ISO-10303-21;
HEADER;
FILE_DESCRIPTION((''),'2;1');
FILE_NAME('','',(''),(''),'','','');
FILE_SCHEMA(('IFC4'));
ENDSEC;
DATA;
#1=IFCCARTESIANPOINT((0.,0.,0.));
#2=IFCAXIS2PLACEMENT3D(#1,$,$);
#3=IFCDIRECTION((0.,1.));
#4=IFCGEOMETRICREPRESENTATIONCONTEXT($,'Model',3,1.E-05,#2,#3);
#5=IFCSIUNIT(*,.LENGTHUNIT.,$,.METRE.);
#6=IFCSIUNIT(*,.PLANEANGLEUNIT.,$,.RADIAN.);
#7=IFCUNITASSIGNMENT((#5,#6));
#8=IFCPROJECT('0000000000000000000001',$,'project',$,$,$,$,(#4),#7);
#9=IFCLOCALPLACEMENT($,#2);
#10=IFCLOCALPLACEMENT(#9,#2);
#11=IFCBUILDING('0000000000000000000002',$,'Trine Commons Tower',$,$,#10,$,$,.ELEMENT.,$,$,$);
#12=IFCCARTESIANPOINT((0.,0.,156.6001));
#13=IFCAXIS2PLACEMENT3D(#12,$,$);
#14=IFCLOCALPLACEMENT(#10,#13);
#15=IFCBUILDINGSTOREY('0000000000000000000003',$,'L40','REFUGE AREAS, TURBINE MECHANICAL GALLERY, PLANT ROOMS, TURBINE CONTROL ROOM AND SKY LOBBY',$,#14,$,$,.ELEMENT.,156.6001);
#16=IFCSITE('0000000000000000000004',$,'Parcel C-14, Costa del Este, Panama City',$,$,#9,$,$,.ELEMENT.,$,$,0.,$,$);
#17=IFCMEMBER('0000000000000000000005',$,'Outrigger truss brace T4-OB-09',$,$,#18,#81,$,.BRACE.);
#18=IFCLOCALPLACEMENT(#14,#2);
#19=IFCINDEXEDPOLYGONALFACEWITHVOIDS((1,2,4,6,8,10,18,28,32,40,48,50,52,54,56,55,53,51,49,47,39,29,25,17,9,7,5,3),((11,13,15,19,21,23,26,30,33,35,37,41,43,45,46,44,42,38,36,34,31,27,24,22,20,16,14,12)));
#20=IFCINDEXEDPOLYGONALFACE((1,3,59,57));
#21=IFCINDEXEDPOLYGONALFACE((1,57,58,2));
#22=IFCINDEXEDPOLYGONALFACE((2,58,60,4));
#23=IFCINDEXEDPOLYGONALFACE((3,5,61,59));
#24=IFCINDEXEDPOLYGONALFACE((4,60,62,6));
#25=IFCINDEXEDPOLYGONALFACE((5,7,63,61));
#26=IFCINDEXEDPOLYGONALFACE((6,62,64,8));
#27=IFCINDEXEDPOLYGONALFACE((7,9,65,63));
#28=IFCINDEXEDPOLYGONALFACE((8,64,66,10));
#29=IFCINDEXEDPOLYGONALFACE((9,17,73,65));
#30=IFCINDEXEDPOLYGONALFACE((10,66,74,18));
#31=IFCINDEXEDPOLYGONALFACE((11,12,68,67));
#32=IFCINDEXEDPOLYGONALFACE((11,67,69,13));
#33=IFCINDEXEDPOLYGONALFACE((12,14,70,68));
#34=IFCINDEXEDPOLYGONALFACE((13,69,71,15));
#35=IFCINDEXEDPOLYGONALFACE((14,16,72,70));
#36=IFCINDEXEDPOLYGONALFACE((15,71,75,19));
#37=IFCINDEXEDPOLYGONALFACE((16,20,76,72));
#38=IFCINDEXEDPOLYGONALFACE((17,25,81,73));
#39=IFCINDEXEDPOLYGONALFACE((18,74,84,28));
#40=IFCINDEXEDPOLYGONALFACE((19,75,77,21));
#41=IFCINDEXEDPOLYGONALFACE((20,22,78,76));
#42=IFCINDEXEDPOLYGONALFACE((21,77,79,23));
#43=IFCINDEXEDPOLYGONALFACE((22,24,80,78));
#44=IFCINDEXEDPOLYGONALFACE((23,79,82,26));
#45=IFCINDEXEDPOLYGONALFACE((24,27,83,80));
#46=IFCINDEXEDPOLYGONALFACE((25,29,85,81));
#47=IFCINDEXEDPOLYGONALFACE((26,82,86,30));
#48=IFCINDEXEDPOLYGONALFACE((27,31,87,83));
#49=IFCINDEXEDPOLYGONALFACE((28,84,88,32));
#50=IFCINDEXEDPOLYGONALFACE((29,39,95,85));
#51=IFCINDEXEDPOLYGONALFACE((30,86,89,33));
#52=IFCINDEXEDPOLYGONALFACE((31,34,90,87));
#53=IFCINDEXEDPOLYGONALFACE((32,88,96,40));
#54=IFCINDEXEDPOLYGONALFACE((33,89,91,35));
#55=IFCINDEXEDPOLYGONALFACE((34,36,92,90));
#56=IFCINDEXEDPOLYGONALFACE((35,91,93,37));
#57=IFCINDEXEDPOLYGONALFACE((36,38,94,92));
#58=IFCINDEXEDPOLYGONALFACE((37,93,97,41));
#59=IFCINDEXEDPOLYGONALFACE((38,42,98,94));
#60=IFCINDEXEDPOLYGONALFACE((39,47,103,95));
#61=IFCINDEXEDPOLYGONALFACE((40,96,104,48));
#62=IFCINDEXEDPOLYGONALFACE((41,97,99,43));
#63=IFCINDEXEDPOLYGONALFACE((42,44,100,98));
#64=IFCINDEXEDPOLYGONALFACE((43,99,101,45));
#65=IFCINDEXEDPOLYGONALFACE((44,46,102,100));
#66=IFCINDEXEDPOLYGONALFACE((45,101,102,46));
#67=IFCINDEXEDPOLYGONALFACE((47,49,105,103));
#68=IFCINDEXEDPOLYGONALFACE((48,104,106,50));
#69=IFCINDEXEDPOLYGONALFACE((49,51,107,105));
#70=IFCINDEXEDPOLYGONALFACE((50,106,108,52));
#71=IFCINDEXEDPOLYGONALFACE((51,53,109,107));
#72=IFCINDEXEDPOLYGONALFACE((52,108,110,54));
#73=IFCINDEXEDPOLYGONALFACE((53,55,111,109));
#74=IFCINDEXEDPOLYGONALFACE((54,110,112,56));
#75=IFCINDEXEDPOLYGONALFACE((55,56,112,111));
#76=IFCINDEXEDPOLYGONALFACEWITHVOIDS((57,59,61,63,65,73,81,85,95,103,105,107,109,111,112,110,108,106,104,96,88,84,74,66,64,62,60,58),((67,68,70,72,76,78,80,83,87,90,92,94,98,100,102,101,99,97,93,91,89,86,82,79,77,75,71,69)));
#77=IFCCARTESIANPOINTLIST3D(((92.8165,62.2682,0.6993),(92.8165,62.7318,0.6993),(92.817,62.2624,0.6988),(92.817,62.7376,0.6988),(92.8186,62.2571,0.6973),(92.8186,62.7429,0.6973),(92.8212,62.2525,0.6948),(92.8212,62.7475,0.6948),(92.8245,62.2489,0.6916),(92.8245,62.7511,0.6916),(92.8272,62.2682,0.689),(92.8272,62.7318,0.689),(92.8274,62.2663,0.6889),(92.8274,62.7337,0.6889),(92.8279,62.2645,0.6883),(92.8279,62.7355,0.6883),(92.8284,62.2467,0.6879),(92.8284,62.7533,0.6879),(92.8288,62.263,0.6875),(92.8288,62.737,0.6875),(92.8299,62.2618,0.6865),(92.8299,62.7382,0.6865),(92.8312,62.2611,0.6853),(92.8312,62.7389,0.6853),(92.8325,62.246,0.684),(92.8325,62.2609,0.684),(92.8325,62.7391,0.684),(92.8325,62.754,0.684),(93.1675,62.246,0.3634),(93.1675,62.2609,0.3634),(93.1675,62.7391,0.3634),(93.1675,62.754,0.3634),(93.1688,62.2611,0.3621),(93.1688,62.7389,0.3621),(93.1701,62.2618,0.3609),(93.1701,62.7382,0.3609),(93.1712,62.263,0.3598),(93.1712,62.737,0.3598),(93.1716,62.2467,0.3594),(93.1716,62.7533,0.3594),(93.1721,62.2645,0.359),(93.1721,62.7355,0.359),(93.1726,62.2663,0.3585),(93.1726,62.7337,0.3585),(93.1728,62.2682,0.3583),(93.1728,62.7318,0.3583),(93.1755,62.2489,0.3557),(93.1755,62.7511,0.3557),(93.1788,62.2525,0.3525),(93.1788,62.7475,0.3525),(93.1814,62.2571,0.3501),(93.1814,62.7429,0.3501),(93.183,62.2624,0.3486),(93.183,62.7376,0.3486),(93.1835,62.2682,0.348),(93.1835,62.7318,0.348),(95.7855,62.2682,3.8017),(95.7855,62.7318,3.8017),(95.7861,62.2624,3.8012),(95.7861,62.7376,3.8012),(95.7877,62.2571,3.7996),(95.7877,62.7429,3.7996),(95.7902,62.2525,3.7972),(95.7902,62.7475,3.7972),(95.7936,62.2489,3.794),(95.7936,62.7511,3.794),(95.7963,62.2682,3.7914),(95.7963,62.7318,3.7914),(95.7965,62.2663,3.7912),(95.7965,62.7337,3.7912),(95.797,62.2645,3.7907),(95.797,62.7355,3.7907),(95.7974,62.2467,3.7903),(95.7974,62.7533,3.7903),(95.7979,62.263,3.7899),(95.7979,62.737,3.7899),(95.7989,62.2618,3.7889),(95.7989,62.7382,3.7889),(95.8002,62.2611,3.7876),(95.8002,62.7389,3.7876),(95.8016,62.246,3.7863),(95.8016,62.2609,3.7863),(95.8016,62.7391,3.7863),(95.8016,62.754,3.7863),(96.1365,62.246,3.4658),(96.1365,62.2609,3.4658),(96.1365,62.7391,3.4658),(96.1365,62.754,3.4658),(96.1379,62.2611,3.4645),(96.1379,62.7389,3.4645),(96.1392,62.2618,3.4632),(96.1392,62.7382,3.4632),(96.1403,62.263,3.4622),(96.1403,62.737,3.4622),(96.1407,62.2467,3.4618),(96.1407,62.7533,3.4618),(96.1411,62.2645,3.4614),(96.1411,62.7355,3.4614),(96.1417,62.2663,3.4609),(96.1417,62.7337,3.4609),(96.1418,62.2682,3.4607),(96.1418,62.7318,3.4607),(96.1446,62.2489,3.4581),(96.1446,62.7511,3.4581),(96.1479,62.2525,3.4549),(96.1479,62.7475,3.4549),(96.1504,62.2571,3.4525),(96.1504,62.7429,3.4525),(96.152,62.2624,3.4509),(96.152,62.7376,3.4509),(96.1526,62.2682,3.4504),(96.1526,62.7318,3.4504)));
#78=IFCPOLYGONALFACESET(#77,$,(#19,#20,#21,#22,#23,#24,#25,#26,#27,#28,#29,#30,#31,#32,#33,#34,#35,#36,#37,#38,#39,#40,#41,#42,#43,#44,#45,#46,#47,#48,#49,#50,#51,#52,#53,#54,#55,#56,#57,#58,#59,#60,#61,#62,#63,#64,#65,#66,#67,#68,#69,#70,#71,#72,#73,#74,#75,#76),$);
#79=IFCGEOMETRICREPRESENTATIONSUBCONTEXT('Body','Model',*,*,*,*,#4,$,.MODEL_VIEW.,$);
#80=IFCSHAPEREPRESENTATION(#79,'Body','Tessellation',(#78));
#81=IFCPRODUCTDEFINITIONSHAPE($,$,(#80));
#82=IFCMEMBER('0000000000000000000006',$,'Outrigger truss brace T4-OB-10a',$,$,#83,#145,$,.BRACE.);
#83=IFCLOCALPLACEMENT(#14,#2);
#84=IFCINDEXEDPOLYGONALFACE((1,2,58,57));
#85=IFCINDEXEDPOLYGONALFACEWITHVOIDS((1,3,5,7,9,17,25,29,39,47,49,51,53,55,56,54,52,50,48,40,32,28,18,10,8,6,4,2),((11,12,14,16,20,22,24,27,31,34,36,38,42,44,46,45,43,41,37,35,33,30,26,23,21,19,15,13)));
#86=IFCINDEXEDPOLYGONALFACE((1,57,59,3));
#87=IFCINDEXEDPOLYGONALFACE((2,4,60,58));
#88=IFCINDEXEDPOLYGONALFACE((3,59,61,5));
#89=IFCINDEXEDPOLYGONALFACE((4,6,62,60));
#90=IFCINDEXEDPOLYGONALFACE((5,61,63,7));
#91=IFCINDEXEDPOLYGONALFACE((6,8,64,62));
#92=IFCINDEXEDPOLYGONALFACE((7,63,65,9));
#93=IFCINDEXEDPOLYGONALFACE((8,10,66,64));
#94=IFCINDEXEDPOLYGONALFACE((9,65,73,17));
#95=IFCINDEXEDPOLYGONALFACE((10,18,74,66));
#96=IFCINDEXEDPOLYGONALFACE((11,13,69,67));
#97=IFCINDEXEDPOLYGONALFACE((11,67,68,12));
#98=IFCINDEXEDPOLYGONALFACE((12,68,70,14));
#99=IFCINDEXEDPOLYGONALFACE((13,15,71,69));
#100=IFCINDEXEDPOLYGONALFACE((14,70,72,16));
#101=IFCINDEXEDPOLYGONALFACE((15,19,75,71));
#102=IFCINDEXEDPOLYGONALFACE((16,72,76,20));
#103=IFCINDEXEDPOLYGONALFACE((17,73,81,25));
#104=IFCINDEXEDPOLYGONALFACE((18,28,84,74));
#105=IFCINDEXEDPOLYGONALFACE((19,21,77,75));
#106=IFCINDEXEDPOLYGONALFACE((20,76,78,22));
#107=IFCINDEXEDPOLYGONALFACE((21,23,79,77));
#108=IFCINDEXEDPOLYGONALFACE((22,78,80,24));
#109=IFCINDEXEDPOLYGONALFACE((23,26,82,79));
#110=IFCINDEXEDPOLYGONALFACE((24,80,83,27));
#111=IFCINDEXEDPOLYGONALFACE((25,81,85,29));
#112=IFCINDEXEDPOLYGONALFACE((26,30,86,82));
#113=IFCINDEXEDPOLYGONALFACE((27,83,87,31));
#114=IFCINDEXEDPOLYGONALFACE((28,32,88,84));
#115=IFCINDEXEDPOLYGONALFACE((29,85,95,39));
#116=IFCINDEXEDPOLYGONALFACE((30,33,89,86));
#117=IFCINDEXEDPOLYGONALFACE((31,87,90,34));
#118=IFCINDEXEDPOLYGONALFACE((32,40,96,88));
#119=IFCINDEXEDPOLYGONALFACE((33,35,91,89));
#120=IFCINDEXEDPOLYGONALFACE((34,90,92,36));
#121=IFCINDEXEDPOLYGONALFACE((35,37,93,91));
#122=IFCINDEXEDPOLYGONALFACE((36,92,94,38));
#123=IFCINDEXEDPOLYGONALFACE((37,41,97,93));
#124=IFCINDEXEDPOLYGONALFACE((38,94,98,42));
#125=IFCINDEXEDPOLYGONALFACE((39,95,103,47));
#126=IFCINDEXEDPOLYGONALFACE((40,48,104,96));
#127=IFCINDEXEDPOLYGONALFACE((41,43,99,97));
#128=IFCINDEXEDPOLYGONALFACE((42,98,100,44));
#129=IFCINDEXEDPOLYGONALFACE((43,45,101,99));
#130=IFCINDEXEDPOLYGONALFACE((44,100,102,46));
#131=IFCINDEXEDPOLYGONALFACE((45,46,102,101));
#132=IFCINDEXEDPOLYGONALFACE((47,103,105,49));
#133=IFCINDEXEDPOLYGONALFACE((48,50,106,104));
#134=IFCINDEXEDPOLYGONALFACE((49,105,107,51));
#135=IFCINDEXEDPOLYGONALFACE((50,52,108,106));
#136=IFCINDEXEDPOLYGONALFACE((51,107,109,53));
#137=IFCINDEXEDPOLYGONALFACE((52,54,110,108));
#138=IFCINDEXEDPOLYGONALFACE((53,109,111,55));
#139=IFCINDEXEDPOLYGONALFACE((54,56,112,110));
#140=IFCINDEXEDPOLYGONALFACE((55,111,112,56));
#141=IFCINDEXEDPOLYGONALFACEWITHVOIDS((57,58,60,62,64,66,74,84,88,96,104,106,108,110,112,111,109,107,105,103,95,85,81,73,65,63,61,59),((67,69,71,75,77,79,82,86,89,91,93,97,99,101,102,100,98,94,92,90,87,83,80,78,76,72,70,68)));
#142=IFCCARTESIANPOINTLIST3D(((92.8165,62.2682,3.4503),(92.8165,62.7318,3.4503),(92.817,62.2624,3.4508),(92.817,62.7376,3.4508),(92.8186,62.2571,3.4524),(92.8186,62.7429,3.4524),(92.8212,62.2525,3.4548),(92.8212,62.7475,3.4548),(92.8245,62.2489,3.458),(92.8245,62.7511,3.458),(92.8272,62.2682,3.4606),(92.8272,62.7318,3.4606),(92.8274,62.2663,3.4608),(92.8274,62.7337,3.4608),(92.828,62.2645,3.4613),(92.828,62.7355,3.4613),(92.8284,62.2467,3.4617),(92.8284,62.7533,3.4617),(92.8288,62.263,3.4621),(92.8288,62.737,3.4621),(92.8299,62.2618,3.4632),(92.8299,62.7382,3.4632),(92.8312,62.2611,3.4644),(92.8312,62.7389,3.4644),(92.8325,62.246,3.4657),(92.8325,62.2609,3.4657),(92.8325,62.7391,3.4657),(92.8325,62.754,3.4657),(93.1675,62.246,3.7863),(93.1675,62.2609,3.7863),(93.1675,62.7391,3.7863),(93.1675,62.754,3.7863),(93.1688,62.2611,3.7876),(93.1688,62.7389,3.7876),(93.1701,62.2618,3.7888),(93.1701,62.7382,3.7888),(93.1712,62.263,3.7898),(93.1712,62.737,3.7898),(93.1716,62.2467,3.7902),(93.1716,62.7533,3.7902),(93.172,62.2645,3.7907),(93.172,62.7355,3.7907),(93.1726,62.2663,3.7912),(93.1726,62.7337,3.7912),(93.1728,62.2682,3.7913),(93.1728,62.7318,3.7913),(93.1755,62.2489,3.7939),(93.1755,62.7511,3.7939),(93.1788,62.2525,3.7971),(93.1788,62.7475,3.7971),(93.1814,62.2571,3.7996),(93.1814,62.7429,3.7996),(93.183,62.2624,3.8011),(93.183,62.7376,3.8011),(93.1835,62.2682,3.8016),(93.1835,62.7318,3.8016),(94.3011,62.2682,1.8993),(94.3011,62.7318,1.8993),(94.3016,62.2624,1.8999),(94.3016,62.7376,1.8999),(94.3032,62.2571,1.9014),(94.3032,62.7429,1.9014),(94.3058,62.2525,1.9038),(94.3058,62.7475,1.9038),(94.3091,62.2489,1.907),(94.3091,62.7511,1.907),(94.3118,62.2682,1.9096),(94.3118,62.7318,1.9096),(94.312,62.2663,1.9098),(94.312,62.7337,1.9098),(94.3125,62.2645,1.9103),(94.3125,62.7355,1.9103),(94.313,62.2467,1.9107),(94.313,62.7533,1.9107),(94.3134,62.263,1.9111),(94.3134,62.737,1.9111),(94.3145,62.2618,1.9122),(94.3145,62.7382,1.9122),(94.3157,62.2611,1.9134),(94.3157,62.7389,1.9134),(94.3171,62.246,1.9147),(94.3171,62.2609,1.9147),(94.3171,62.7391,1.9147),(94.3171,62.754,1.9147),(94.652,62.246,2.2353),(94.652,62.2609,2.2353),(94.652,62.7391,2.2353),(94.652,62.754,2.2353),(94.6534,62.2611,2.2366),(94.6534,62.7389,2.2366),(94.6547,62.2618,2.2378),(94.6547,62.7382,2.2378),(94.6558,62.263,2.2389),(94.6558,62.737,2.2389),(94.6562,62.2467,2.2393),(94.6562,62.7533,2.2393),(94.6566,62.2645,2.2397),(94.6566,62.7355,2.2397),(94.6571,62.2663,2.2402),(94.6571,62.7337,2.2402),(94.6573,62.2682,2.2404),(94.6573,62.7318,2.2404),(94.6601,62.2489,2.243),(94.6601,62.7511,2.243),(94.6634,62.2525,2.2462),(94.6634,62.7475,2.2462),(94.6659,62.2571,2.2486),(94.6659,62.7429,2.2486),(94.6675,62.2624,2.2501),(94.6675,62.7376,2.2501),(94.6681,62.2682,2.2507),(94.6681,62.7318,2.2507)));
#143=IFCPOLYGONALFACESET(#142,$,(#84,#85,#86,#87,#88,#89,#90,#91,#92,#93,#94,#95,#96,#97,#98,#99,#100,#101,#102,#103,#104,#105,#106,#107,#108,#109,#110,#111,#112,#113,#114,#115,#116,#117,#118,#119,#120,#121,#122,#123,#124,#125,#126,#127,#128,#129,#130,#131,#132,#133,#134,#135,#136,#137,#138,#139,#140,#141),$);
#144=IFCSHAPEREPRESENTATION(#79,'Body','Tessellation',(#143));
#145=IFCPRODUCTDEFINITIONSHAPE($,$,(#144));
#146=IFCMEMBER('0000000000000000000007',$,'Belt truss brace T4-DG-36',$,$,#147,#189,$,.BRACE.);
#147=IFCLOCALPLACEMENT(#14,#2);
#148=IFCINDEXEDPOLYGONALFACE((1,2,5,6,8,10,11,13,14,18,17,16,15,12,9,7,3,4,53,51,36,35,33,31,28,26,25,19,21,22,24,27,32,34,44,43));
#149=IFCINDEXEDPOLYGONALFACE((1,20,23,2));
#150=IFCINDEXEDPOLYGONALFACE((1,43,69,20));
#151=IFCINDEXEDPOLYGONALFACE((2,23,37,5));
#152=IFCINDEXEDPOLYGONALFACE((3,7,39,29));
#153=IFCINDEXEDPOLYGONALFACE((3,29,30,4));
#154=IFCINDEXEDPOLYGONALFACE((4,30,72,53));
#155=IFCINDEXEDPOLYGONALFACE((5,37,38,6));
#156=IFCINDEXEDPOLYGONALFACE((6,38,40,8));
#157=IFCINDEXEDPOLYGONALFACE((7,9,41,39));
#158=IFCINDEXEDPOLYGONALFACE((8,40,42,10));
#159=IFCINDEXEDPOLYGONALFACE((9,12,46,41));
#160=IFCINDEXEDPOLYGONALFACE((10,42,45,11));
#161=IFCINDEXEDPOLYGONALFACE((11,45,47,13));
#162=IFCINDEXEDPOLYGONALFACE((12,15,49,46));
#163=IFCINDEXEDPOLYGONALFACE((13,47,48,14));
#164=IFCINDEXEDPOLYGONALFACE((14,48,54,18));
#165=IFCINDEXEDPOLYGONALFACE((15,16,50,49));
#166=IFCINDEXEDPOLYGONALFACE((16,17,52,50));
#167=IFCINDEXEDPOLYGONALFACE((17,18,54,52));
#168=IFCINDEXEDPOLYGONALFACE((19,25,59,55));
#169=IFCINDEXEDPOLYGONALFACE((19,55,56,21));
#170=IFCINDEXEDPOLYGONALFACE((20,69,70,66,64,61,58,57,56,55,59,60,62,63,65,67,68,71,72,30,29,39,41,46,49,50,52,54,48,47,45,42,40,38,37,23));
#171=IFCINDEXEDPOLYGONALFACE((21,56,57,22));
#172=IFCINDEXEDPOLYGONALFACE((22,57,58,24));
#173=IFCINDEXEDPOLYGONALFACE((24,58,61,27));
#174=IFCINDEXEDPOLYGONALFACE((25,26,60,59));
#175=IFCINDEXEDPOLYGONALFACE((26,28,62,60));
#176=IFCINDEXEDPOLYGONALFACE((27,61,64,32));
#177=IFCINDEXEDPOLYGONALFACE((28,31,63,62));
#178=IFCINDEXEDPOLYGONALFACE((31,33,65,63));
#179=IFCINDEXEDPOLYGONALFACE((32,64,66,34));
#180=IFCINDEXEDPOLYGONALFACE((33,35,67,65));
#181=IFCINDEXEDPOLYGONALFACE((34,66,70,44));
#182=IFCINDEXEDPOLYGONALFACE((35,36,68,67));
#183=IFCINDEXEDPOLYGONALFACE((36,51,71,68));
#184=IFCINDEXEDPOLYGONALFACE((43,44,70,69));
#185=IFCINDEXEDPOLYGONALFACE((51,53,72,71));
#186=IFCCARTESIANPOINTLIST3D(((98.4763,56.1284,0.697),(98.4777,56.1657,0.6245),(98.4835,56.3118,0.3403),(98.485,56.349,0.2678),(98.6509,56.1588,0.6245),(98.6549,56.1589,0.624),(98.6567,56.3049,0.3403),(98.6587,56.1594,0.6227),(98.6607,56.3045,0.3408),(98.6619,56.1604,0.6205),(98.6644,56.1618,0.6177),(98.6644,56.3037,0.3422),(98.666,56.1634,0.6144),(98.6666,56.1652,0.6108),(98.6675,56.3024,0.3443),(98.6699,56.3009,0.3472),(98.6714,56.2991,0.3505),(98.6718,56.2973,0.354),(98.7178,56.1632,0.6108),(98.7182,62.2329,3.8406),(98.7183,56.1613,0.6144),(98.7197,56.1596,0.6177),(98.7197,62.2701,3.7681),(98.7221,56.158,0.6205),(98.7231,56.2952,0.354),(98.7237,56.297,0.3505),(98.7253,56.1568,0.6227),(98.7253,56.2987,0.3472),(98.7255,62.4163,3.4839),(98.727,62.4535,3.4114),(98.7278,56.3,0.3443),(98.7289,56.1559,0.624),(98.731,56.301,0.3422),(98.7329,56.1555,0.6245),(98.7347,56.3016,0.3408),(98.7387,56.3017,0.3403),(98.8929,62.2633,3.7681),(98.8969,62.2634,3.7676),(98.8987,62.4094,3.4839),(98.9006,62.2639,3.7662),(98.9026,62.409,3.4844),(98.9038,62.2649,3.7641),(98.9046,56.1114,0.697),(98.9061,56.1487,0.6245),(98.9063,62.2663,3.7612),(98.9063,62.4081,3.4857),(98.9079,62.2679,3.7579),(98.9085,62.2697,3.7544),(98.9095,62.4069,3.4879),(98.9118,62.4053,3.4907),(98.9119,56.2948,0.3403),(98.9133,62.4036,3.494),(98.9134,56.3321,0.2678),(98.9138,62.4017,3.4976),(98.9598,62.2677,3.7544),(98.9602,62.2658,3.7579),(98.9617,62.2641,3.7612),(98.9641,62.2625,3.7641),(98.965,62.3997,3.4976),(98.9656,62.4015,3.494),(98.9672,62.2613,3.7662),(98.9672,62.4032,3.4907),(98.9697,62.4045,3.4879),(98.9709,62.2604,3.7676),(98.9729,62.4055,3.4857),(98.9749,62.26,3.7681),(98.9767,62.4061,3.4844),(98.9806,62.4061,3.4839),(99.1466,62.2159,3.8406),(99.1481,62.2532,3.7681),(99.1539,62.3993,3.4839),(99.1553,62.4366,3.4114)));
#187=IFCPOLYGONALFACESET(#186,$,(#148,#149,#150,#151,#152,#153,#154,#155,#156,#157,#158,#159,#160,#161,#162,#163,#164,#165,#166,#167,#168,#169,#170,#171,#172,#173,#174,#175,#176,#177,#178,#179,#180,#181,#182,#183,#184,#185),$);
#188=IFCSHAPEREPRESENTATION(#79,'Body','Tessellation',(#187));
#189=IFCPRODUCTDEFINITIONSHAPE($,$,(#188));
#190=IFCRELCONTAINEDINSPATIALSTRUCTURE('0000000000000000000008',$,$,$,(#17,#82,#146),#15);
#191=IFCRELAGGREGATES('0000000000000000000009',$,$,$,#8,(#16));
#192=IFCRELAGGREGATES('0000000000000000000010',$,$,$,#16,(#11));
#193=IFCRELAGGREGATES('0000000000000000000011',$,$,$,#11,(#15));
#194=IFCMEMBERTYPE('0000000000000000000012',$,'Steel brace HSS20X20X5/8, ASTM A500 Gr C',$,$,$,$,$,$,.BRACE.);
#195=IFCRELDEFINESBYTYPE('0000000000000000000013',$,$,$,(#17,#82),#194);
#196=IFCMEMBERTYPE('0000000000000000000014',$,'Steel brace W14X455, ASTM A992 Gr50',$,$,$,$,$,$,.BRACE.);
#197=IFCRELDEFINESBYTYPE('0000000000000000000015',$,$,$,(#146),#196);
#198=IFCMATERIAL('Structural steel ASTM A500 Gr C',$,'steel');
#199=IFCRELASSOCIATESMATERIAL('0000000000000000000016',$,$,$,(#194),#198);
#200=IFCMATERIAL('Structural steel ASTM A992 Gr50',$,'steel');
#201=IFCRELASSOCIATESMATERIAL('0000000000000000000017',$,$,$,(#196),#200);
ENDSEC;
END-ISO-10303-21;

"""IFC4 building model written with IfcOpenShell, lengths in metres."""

from ifc_helpers import new_model, si_unit, direction, frame, origin, origin_2d, place, context, subcontext, project, spatial, hollow_rectangle, i_section, extrude, material, material_profile, profile_set, type_object, element, save


model = new_model("IFC4")

# Units and contexts
model_context = context("Model", 3, precision=1e-05, world=origin(), true_north=direction((0.0, 1.0)))
body_context = subcontext(model_context, "Body", "Model", "MODEL_VIEW")
ifc_project = project(units=[si_unit("LENGTHUNIT", "METRE"), si_unit("PLANEANGLEUNIT", "RADIAN")], contexts=[model_context])

# Site, building, storey
site_placement = place(None, origin())
site = spatial("IfcSite", under=ifc_project, at=site_placement, Name="Parcel C-14, Costa del Este, Panama City", CompositionType="ELEMENT", RefElevation=0.0)
building_placement = place(site_placement, origin())
building = spatial("IfcBuilding", under=site, at=building_placement, Name="Trine Commons Tower", CompositionType="ELEMENT")
storey_placement = place(building_placement, frame((0.0, 0.0, 156.6001)))
storey = spatial("IfcBuildingStorey", under=building, at=storey_placement, Name="L40", Description="REFUGE AREAS, TURBINE MECHANICAL GALLERY, PLANT ROOMS, TURBINE CONTROL ROOM AND SKY LOBBY", CompositionType="ELEMENT", Elevation=156.6001)

# Members
ifc_material_1 = material(Name="Structural steel ASTM A500 Gr C", Category="steel")
ifc_material_profile_1 = material_profile(ifc_material_1, hollow_rectangle(XDim=0.5081, YDim=0.5081, WallThickness=0.0149, InnerFilletRadius=0.0073, OuterFilletRadius=0.0222, at=origin_2d()), Name="HSS20X20X5/8")
ifc_profile_set_1 = profile_set([ifc_material_profile_1], Name="Structural steel ASTM A500 Gr C")
member_type_1 = type_object("IfcMemberType", Name="Steel brace HSS20X20X5/8, ASTM A500 Gr C", PredefinedType="BRACE", material=ifc_profile_set_1)
member_1_placement = place(storey_placement, frame((93.0, 62.5, 0.5237), z_axis=(0.691415, 0.0, 0.722458), x_axis=(0.0, 1.0, 0.0)))
element("IfcMember", 1, at=member_1_placement, inside=storey, type_object=member_type_1, Name="Outrigger truss brace T4-OB-09", PredefinedType="BRACE", context=body_context, shape_type="SweptSolid", body=[
    extrude(hollow_rectangle(XDim=0.5081, YDim=0.5081, WallThickness=0.0149, InnerFilletRadius=0.0073, OuterFilletRadius=0.0222, at=origin_2d()), origin(), (0.0, 0.0, 1.0), 4.2942),
])
member_2_placement = place(storey_placement, frame((93.0, 62.5, 3.626), z_axis=(0.691473, 0.0, -0.722402), x_axis=(0.0, 1.0, 0.0)))
element("IfcMember", 2, at=member_2_placement, inside=storey, type_object=member_type_1, Name="Outrigger truss brace T4-OB-10a", PredefinedType="BRACE", context=body_context, shape_type="SweptSolid", body=[
    extrude(hollow_rectangle(XDim=0.5081, YDim=0.5081, WallThickness=0.0149, InnerFilletRadius=0.0073, OuterFilletRadius=0.0222, at=origin_2d()), origin(), (0.0, 0.0, 1.0), 2.147),
])
ifc_material_2 = material(Name="Structural steel ASTM A992 Gr50", Category="steel")
ifc_material_profile_2 = material_profile(ifc_material_2, i_section(OverallWidth=0.4287, OverallDepth=0.4827, WebThickness=0.0513, FlangeThickness=0.0815, FilletRadius=0.0154, at=origin_2d()), Name="W14X455")
ifc_profile_set_2 = profile_set([ifc_material_profile_2], Name="Structural steel ASTM A992 Gr50")
member_type_2 = type_object("IfcMemberType", Name="Steel brace W14X455, ASTM A992 Gr50", PredefinedType="BRACE", material=ifc_profile_set_2)
member_3_placement = place(storey_placement, frame((98.6948, 56.2302, 0.4824), z_axis=(0.035214, 0.888493, 0.457536), x_axis=(-0.999216, 0.039603, 0.0)))
element("IfcMember", 3, at=member_3_placement, inside=storey, type_object=member_type_2, Name="Belt truss brace T4-DG-36", PredefinedType="BRACE", context=body_context, shape_type="SweptSolid", body=[
    extrude(i_section(OverallWidth=0.4287, OverallDepth=0.4827, WebThickness=0.0513, FlangeThickness=0.0815, FilletRadius=0.0154, at=origin_2d()), origin(), (0.0, 0.0, 1.0), 6.8706),
])

save(model, "model.ifc")
